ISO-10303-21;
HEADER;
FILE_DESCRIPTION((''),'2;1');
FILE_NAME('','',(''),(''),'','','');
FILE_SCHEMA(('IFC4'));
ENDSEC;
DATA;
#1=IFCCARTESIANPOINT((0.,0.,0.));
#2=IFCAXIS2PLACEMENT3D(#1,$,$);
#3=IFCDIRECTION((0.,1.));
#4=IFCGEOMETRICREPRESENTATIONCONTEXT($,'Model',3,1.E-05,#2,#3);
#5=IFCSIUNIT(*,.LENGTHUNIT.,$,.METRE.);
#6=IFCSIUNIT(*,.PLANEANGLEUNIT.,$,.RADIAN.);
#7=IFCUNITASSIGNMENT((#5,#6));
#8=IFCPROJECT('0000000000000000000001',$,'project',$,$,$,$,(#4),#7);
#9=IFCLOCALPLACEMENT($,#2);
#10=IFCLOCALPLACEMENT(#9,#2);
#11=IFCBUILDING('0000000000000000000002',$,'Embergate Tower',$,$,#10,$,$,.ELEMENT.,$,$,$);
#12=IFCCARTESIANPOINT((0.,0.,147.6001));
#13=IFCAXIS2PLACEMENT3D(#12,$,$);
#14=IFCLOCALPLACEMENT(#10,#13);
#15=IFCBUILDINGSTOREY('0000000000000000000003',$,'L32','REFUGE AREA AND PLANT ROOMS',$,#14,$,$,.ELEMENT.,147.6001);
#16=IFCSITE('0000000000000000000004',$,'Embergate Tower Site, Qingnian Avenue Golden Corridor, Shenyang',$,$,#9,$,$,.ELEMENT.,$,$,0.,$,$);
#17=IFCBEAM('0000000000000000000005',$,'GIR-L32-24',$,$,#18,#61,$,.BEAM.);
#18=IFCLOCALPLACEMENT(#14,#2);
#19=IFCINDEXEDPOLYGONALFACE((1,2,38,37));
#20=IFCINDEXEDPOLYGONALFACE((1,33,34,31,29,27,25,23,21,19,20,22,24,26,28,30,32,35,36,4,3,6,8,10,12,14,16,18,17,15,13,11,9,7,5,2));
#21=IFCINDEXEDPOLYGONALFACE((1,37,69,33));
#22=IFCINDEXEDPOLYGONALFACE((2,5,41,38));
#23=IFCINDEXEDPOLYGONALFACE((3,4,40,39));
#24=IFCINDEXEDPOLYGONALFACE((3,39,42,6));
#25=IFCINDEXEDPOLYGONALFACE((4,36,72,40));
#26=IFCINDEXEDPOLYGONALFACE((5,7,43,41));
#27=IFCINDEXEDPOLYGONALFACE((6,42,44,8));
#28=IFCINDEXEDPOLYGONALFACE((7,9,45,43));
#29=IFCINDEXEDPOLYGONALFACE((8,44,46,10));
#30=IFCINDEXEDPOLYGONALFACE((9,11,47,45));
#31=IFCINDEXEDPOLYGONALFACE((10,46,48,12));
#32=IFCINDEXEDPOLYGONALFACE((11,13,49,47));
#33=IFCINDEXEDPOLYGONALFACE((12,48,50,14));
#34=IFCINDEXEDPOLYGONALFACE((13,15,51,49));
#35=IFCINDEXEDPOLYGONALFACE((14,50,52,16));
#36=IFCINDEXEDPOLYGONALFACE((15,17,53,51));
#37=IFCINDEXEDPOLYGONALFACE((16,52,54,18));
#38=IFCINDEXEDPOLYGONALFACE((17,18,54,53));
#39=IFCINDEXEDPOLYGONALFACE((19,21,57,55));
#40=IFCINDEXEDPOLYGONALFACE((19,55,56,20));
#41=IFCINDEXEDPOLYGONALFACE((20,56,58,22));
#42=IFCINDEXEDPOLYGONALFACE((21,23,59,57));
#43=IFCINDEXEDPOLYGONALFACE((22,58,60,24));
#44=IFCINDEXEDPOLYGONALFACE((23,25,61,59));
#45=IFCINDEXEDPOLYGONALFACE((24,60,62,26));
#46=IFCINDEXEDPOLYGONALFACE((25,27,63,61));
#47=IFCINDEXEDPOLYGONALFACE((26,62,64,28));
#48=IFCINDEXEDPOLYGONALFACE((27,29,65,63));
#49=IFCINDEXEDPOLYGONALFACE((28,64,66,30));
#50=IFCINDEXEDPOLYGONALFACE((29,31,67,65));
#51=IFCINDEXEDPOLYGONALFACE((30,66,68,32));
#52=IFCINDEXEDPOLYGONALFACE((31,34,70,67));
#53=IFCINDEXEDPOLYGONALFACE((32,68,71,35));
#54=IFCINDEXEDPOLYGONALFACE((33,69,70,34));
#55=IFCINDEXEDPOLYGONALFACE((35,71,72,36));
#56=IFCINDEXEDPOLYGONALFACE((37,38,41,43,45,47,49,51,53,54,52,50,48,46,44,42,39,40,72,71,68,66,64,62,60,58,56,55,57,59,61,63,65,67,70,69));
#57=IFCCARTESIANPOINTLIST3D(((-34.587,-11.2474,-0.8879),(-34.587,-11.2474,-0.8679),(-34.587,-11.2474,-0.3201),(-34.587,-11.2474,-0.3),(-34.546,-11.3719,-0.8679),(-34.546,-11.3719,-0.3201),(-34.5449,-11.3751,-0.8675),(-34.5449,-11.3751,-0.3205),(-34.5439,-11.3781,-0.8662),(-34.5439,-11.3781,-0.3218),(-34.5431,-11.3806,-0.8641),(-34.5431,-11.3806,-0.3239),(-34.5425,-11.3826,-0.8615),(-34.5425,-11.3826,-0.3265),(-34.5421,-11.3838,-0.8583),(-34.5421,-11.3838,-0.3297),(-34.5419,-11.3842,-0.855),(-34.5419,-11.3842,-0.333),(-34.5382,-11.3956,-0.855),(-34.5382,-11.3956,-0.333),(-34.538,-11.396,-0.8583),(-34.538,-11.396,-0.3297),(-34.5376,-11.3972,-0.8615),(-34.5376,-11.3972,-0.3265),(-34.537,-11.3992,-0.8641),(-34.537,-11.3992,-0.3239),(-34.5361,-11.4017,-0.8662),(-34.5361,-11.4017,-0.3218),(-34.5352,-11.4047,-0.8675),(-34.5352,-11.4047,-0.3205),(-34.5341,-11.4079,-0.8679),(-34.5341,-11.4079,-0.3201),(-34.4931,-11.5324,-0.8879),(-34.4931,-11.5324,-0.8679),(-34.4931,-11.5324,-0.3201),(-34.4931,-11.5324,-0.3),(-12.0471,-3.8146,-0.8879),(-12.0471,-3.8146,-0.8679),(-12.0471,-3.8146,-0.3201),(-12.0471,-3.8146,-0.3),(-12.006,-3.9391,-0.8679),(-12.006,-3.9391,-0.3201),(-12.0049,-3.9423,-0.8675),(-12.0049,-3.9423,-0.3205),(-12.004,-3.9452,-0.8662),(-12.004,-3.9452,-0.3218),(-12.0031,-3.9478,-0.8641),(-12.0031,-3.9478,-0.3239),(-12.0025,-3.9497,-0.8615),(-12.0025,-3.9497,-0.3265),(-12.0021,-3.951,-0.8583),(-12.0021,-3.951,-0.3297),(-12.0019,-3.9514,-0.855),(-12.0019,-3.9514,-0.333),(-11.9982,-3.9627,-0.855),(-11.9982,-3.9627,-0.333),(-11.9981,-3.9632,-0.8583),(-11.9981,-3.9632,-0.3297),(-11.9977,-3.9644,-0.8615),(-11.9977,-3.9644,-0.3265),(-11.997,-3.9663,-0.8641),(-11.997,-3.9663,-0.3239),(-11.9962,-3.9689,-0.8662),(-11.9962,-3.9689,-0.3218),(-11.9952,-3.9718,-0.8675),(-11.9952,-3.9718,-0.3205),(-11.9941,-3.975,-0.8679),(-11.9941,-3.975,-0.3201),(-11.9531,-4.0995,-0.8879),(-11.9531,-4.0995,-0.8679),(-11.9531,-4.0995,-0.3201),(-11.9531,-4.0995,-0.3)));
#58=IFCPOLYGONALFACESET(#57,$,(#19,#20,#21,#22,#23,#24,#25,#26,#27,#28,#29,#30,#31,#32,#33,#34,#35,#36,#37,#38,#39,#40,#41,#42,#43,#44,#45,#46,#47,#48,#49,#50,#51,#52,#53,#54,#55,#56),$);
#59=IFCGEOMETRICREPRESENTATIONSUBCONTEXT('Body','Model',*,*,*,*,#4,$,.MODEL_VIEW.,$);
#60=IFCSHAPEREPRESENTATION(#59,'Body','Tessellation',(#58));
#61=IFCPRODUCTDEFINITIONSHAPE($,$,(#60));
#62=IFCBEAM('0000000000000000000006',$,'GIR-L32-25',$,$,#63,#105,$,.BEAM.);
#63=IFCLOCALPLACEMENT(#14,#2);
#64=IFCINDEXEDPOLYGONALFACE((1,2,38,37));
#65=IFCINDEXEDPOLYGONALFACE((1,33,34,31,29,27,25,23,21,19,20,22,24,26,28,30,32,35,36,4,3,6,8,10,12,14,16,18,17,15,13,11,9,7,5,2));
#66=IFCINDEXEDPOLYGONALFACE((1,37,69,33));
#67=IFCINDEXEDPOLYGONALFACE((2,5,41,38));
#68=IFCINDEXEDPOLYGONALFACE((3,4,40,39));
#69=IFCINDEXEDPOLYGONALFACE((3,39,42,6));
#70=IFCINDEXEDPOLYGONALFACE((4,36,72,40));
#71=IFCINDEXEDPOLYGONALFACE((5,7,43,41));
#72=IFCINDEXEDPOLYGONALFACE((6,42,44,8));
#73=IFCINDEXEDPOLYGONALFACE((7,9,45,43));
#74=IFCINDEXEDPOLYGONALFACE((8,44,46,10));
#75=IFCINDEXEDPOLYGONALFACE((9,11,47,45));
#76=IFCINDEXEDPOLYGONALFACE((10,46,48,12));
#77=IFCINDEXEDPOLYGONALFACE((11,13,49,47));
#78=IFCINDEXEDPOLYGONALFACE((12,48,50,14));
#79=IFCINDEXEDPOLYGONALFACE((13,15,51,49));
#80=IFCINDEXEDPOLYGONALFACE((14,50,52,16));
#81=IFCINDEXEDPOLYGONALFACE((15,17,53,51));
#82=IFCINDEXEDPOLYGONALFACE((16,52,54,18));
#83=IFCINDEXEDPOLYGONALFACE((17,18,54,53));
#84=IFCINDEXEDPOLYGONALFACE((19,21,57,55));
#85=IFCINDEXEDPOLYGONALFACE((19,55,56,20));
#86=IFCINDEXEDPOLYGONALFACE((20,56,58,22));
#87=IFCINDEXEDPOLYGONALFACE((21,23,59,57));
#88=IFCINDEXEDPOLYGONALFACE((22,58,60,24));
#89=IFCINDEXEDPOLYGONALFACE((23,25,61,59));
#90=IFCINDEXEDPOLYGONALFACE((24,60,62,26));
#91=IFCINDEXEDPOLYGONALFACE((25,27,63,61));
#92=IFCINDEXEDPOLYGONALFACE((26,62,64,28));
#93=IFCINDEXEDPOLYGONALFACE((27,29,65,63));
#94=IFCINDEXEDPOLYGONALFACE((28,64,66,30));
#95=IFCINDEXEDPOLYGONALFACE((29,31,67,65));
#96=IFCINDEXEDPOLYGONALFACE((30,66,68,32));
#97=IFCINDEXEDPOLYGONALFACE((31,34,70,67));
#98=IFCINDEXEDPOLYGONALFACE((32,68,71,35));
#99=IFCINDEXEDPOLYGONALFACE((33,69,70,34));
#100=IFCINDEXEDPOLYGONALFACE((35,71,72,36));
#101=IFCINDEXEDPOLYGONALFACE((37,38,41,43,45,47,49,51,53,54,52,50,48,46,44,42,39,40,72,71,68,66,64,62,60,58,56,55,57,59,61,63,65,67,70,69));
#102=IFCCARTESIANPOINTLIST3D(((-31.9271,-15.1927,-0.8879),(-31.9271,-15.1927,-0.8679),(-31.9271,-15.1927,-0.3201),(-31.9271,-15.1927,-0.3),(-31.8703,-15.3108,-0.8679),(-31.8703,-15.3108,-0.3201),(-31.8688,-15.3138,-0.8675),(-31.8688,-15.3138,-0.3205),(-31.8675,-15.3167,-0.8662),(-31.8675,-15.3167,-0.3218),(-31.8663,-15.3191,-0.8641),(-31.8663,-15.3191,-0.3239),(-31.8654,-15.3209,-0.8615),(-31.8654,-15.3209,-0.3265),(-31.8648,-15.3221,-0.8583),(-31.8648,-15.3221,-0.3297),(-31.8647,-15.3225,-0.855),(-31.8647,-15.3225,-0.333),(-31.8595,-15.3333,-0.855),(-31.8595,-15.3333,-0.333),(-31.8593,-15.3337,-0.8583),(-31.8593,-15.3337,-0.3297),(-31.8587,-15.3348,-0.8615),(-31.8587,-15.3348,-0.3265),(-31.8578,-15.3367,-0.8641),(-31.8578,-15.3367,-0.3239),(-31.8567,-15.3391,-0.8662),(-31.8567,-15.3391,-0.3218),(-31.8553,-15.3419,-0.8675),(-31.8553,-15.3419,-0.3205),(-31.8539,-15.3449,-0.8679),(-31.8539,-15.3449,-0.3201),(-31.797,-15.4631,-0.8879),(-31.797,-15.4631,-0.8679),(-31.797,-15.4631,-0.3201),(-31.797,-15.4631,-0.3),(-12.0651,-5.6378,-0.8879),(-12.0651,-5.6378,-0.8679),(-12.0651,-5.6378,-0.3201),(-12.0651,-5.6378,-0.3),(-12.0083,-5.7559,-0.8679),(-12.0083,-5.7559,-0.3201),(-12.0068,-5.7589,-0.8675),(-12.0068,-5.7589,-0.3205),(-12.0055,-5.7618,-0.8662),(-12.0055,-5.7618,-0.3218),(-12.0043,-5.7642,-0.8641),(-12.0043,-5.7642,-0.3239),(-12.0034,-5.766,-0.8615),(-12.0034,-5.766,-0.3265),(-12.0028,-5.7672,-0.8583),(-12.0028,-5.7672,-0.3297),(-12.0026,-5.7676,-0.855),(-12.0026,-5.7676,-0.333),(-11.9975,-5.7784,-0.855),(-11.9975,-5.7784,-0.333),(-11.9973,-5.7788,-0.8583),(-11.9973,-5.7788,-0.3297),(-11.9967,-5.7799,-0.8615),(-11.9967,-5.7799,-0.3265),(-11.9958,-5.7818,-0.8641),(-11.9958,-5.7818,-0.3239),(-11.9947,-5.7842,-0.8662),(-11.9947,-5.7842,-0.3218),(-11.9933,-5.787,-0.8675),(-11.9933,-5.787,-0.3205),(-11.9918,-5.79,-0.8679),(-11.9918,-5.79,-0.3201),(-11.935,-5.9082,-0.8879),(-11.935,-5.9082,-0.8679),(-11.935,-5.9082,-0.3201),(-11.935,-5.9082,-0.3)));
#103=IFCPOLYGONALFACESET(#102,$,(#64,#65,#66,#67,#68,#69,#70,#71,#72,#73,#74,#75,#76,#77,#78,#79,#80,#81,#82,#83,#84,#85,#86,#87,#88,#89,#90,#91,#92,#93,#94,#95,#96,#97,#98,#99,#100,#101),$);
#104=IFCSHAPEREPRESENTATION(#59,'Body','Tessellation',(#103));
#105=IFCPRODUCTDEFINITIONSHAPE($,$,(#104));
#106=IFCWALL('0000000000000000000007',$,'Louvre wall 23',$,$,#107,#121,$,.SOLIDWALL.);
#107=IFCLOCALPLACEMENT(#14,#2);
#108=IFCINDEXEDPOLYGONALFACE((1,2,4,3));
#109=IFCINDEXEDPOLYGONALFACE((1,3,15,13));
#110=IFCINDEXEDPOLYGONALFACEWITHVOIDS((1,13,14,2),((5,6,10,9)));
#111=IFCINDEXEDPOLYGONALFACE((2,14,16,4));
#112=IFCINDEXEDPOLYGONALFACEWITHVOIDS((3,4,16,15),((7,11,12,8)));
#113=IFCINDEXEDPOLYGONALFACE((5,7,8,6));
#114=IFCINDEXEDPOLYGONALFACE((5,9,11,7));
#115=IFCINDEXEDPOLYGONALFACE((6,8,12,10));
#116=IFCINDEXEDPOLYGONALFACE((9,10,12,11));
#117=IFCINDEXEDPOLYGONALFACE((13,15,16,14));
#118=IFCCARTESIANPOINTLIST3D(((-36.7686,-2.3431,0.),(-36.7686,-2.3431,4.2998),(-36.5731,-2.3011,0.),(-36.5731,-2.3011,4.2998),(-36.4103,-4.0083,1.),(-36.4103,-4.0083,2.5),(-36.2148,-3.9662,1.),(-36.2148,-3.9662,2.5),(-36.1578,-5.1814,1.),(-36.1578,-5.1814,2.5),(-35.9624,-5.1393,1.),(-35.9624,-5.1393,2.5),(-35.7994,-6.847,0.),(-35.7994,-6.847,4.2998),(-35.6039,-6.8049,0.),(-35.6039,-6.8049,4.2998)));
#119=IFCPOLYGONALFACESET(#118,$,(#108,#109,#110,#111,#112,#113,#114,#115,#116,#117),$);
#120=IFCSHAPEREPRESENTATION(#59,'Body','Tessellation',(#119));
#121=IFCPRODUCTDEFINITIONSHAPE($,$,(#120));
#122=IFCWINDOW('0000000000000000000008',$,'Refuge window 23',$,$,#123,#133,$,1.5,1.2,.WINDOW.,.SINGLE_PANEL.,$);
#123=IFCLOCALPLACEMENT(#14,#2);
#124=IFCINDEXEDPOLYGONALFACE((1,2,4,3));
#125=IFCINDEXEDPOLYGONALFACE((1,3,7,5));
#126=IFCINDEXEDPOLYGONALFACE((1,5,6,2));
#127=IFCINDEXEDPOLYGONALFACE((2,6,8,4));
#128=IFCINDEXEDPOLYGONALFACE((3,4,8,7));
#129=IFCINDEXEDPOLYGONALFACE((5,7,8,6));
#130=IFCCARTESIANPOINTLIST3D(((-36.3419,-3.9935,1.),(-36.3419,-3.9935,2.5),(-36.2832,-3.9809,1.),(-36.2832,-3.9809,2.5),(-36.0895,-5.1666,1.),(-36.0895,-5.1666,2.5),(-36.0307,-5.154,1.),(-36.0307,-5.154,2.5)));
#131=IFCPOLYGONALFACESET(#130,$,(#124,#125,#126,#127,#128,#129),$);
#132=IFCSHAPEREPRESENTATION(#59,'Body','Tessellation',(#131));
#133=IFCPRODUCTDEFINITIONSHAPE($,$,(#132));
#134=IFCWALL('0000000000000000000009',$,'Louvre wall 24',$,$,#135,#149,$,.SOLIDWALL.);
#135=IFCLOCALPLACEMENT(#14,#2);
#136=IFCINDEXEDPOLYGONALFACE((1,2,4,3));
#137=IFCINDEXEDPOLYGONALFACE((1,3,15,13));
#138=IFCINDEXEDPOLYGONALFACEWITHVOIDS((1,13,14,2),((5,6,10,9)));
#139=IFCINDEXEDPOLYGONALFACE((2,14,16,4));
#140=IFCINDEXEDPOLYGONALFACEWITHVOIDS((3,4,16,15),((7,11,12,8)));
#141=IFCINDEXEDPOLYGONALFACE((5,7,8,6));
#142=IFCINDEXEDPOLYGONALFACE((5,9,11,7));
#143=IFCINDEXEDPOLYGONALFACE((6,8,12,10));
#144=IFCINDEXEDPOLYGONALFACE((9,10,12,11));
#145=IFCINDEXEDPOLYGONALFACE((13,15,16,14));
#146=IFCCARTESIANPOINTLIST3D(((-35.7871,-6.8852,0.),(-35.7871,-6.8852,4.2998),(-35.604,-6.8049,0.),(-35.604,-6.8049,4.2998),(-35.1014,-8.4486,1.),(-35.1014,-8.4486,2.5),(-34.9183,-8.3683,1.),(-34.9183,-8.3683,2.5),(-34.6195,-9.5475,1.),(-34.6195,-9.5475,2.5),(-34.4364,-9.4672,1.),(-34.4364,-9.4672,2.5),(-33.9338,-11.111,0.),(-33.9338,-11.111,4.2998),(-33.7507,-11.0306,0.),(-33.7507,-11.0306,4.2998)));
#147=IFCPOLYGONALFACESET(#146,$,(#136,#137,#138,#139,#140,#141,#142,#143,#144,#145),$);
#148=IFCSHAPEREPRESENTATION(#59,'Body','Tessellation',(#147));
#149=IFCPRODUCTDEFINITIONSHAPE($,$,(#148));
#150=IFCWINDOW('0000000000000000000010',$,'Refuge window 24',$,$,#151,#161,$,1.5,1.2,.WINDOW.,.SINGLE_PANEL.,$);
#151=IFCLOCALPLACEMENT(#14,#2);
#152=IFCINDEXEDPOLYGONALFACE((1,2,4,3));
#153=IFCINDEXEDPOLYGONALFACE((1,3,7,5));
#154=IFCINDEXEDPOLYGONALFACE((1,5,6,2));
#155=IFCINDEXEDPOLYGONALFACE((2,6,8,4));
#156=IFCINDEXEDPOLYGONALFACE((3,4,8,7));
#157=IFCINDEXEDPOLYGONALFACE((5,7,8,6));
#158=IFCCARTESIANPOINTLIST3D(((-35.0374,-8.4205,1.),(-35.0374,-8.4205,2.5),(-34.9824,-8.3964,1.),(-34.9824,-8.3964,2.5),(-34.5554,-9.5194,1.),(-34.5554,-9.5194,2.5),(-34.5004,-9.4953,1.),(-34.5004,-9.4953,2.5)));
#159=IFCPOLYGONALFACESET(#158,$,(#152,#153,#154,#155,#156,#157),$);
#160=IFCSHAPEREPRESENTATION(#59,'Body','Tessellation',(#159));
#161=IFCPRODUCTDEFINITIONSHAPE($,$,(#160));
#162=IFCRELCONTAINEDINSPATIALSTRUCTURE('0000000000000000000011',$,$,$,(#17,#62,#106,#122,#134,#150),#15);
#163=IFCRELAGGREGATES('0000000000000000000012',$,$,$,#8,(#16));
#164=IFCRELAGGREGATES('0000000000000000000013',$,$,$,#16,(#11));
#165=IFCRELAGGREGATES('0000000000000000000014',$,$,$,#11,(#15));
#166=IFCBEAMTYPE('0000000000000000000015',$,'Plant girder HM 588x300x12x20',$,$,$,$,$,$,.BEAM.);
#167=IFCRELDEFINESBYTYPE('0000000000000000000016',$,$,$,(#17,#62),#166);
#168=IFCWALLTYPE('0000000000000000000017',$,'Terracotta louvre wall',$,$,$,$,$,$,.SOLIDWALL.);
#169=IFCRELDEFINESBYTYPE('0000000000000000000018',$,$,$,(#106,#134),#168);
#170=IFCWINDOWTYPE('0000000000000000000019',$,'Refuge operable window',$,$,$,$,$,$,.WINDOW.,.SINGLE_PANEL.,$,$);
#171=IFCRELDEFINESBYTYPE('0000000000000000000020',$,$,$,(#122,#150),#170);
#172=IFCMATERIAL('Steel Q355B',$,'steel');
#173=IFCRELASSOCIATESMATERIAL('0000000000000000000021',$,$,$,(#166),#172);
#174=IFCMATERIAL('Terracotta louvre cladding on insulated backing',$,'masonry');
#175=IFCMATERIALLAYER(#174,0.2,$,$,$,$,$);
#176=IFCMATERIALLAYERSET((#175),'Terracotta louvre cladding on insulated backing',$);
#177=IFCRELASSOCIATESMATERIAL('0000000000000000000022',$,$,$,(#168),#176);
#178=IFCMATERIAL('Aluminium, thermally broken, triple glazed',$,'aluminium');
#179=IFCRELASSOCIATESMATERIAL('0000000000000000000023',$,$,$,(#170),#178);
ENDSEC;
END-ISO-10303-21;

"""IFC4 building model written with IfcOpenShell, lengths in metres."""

from ifc_helpers import new_model, si_unit, direction, frame, frame_2d, origin, origin_2d, place, context, subcontext, project, spatial, rectangle, i_section, extrude, source, transform, mapped, material, layer, layer_set, material_profile, profile_set, type_object, element, fill, save


model = new_model("IFC4")

# Units and contexts
model_context = context("Model", 3, precision=1e-05, world=origin(), true_north=direction((0.0, 1.0)))
body_context = subcontext(model_context, "Body", "Model", "MODEL_VIEW")
ifc_project = project(units=[si_unit("LENGTHUNIT", "METRE"), si_unit("PLANEANGLEUNIT", "RADIAN")], contexts=[model_context])

# Site, building, storey
site_placement = place(None, origin())
site = spatial("IfcSite", under=ifc_project, at=site_placement, Name="Embergate Tower Site, Qingnian Avenue Golden Corridor, Shenyang", CompositionType="ELEMENT", RefElevation=0.0)
building_placement = place(site_placement, origin())
building = spatial("IfcBuilding", under=site, at=building_placement, Name="Embergate Tower", CompositionType="ELEMENT")
storey_placement = place(building_placement, frame((0.0, 0.0, 147.6001)))
storey = spatial("IfcBuildingStorey", under=building, at=storey_placement, Name="L32", Description="REFUGE AREA AND PLANT ROOMS", CompositionType="ELEMENT", Elevation=147.6001)

# Beams
ifc_material_1 = material(Name="Steel Q355B", Category="steel")
ifc_material_profile_1 = material_profile(ifc_material_1, i_section(OverallWidth=0.3, OverallDepth=0.5879, WebThickness=0.012, FlangeThickness=0.02, FilletRadius=0.0129, at=origin_2d()), Name="HM 588x300x12x20")
ifc_profile_set_1 = profile_set([ifc_material_profile_1], Name="Steel Q355 grade B")
beam_type_1 = type_object("IfcBeamType", Name="Plant girder HM 588x300x12x20", PredefinedType="BEAM", material=ifc_profile_set_1)
shared_shape_1 = source(origin(), body_context, "Body", "SweptSolid", [
    extrude(i_section(OverallWidth=0.3, OverallDepth=0.5879, WebThickness=0.012, FlangeThickness=0.02, FilletRadius=0.0129, at=origin_2d()), origin(), (0.0, 0.0, 1.0), 23.7339),
])
beam_1_placement = place(storey_placement, frame((-34.54, -11.3899, -0.594), z_axis=(0.949696, 0.313174, 0.0), x_axis=(-0.313174, 0.949696, 0.0)))
element("IfcBeam", 1, at=beam_1_placement, inside=storey, type_object=beam_type_1, Name="GIR-L32-24", PredefinedType="BEAM", context=body_context, shape_type="MappedRepresentation", body=[
    mapped(shared_shape_1, transform((0.0, 0.0, 0.0))),
])
shared_shape_2 = source(origin(), body_context, "Body", "SweptSolid", [
    extrude(i_section(OverallWidth=0.3, OverallDepth=0.5879, WebThickness=0.012, FlangeThickness=0.02, FilletRadius=0.0129, at=origin_2d()), origin(), (0.0, 0.0, 1.0), 22.0408),
])
beam_2_placement = place(storey_placement, frame((-31.8621, -15.3279, -0.594), z_axis=(0.901149, 0.433511, 0.0), x_axis=(-0.433511, 0.901149, 0.0)))
element("IfcBeam", 2, at=beam_2_placement, inside=storey, type_object=beam_type_1, Name="GIR-L32-25", PredefinedType="BEAM", context=body_context, shape_type="MappedRepresentation", body=[
    mapped(shared_shape_2, transform((0.0, 0.0, 0.0))),
])

# Walls, openings, windows
ifc_material_2 = material(Name="Terracotta louvre cladding on insulated backing", Category="masonry")
ifc_layer_1 = layer(ifc_material_2, 0.2)
ifc_layer_set_1 = layer_set([ifc_layer_1], Name="Terracotta louvre cladding on insulated backing")
wall_type_1 = type_object("IfcWallType", Name="Terracotta louvre wall", PredefinedType="SOLIDWALL", material=ifc_layer_set_1)
shared_shape_3 = source(origin(), body_context, "Body", "SweptSolid", [
    extrude(rectangle(XDim=4.6069, YDim=0.2, at=frame_2d((2.3035, 0.0))), origin(), (0.0, 0.0, 1.0), 4.2998),
])
wall_1_placement = place(storey_placement, frame((-35.7017, -6.8259, 0.0), z_axis=(0.0, 0.0, 1.0), x_axis=(-0.210383, 0.977619, 0.0)))
wall_1 = element("IfcWall", 3, at=wall_1_placement, inside=storey, type_object=wall_type_1, Name="Louvre wall 23", PredefinedType="SOLIDWALL", context=body_context, shape_type="MappedRepresentation", body=[
    mapped(shared_shape_3, transform((0.0, 0.0, 0.0))),
])
shared_shape_4 = source(origin(), body_context, "Body", "SweptSolid", [
    extrude(rectangle(XDim=1.2, YDim=1.5, at=frame_2d((0.6001, 0.75))), frame((0.0, 0.1099, 0.0), z_axis=(0.0, -1.0, 0.0), x_axis=(1.0, 0.0, 0.0)), (0.0, 0.0, 1.0), 0.22),
])
opening_1_placement = place(wall_1_placement, frame((1.7036, 0.0, 1.0)))
opening_1 = element("IfcOpeningElement", 4, at=opening_1_placement, cuts=wall_1, PredefinedType="OPENING", context=body_context, shape_type="MappedRepresentation", body=[
    mapped(shared_shape_4, transform((0.0, 0.0, 0.0))),
])
ifc_material_3 = material(Name="Aluminium, thermally broken, triple glazed", Category="aluminium")
window_type = type_object("IfcWindowType", Name="Refuge operable window", PartitioningType="SINGLE_PANEL", PredefinedType="WINDOW", material=ifc_material_3)
shared_shape_5 = source(origin(), body_context, "Body", "SweptSolid", [
    extrude(rectangle(XDim=1.2, YDim=1.5, at=frame_2d((0.6001, 0.75))), frame((0.0, 0.03, 0.0), z_axis=(0.0, -1.0, 0.0), x_axis=(1.0, 0.0, 0.0)), (0.0, 0.0, 1.0), 0.0601),
])
window_1_placement = place(opening_1_placement, origin())
window_1 = element("IfcWindow", 5, at=window_1_placement, inside=storey, type_object=window_type, Name="Refuge window 23", OverallHeight=1.5, OverallWidth=1.2, PartitioningType="SINGLE_PANEL", PredefinedType="WINDOW", context=body_context, shape_type="MappedRepresentation", body=[
    mapped(shared_shape_5, transform((0.0, 0.0, 0.0))),
])
fill(opening_1, window_1)
shared_shape_6 = source(origin(), body_context, "Body", "SweptSolid", [
    extrude(rectangle(XDim=4.6143, YDim=0.2, at=frame_2d((2.3071, 0.0))), origin(), (0.0, 0.0, 1.0), 4.2998),
])
wall_2_placement = place(storey_placement, frame((-33.8423, -11.0708, 0.0), z_axis=(0.0, 0.0, 1.0), x_axis=(-0.401632, 0.915801, 0.0)))
wall_2 = element("IfcWall", 6, at=wall_2_placement, inside=storey, type_object=wall_type_1, Name="Louvre wall 24", PredefinedType="SOLIDWALL", context=body_context, shape_type="MappedRepresentation", body=[
    mapped(shared_shape_6, transform((0.0, 0.0, 0.0))),
])
opening_2_placement = place(wall_2_placement, frame((1.707, 0.0, 1.0)))
opening_2 = element("IfcOpeningElement", 7, at=opening_2_placement, cuts=wall_2, PredefinedType="OPENING", context=body_context, shape_type="MappedRepresentation", body=[
    mapped(shared_shape_4, transform((0.0, 0.0, 0.0))),
])
window_2_placement = place(opening_2_placement, origin())
window_2 = element("IfcWindow", 8, at=window_2_placement, inside=storey, type_object=window_type, Name="Refuge window 24", OverallHeight=1.5, OverallWidth=1.2, PartitioningType="SINGLE_PANEL", PredefinedType="WINDOW", context=body_context, shape_type="MappedRepresentation", body=[
    mapped(shared_shape_5, transform((0.0, 0.0, 0.0))),
])
fill(opening_2, window_2)

save(model, "model.ifc")
